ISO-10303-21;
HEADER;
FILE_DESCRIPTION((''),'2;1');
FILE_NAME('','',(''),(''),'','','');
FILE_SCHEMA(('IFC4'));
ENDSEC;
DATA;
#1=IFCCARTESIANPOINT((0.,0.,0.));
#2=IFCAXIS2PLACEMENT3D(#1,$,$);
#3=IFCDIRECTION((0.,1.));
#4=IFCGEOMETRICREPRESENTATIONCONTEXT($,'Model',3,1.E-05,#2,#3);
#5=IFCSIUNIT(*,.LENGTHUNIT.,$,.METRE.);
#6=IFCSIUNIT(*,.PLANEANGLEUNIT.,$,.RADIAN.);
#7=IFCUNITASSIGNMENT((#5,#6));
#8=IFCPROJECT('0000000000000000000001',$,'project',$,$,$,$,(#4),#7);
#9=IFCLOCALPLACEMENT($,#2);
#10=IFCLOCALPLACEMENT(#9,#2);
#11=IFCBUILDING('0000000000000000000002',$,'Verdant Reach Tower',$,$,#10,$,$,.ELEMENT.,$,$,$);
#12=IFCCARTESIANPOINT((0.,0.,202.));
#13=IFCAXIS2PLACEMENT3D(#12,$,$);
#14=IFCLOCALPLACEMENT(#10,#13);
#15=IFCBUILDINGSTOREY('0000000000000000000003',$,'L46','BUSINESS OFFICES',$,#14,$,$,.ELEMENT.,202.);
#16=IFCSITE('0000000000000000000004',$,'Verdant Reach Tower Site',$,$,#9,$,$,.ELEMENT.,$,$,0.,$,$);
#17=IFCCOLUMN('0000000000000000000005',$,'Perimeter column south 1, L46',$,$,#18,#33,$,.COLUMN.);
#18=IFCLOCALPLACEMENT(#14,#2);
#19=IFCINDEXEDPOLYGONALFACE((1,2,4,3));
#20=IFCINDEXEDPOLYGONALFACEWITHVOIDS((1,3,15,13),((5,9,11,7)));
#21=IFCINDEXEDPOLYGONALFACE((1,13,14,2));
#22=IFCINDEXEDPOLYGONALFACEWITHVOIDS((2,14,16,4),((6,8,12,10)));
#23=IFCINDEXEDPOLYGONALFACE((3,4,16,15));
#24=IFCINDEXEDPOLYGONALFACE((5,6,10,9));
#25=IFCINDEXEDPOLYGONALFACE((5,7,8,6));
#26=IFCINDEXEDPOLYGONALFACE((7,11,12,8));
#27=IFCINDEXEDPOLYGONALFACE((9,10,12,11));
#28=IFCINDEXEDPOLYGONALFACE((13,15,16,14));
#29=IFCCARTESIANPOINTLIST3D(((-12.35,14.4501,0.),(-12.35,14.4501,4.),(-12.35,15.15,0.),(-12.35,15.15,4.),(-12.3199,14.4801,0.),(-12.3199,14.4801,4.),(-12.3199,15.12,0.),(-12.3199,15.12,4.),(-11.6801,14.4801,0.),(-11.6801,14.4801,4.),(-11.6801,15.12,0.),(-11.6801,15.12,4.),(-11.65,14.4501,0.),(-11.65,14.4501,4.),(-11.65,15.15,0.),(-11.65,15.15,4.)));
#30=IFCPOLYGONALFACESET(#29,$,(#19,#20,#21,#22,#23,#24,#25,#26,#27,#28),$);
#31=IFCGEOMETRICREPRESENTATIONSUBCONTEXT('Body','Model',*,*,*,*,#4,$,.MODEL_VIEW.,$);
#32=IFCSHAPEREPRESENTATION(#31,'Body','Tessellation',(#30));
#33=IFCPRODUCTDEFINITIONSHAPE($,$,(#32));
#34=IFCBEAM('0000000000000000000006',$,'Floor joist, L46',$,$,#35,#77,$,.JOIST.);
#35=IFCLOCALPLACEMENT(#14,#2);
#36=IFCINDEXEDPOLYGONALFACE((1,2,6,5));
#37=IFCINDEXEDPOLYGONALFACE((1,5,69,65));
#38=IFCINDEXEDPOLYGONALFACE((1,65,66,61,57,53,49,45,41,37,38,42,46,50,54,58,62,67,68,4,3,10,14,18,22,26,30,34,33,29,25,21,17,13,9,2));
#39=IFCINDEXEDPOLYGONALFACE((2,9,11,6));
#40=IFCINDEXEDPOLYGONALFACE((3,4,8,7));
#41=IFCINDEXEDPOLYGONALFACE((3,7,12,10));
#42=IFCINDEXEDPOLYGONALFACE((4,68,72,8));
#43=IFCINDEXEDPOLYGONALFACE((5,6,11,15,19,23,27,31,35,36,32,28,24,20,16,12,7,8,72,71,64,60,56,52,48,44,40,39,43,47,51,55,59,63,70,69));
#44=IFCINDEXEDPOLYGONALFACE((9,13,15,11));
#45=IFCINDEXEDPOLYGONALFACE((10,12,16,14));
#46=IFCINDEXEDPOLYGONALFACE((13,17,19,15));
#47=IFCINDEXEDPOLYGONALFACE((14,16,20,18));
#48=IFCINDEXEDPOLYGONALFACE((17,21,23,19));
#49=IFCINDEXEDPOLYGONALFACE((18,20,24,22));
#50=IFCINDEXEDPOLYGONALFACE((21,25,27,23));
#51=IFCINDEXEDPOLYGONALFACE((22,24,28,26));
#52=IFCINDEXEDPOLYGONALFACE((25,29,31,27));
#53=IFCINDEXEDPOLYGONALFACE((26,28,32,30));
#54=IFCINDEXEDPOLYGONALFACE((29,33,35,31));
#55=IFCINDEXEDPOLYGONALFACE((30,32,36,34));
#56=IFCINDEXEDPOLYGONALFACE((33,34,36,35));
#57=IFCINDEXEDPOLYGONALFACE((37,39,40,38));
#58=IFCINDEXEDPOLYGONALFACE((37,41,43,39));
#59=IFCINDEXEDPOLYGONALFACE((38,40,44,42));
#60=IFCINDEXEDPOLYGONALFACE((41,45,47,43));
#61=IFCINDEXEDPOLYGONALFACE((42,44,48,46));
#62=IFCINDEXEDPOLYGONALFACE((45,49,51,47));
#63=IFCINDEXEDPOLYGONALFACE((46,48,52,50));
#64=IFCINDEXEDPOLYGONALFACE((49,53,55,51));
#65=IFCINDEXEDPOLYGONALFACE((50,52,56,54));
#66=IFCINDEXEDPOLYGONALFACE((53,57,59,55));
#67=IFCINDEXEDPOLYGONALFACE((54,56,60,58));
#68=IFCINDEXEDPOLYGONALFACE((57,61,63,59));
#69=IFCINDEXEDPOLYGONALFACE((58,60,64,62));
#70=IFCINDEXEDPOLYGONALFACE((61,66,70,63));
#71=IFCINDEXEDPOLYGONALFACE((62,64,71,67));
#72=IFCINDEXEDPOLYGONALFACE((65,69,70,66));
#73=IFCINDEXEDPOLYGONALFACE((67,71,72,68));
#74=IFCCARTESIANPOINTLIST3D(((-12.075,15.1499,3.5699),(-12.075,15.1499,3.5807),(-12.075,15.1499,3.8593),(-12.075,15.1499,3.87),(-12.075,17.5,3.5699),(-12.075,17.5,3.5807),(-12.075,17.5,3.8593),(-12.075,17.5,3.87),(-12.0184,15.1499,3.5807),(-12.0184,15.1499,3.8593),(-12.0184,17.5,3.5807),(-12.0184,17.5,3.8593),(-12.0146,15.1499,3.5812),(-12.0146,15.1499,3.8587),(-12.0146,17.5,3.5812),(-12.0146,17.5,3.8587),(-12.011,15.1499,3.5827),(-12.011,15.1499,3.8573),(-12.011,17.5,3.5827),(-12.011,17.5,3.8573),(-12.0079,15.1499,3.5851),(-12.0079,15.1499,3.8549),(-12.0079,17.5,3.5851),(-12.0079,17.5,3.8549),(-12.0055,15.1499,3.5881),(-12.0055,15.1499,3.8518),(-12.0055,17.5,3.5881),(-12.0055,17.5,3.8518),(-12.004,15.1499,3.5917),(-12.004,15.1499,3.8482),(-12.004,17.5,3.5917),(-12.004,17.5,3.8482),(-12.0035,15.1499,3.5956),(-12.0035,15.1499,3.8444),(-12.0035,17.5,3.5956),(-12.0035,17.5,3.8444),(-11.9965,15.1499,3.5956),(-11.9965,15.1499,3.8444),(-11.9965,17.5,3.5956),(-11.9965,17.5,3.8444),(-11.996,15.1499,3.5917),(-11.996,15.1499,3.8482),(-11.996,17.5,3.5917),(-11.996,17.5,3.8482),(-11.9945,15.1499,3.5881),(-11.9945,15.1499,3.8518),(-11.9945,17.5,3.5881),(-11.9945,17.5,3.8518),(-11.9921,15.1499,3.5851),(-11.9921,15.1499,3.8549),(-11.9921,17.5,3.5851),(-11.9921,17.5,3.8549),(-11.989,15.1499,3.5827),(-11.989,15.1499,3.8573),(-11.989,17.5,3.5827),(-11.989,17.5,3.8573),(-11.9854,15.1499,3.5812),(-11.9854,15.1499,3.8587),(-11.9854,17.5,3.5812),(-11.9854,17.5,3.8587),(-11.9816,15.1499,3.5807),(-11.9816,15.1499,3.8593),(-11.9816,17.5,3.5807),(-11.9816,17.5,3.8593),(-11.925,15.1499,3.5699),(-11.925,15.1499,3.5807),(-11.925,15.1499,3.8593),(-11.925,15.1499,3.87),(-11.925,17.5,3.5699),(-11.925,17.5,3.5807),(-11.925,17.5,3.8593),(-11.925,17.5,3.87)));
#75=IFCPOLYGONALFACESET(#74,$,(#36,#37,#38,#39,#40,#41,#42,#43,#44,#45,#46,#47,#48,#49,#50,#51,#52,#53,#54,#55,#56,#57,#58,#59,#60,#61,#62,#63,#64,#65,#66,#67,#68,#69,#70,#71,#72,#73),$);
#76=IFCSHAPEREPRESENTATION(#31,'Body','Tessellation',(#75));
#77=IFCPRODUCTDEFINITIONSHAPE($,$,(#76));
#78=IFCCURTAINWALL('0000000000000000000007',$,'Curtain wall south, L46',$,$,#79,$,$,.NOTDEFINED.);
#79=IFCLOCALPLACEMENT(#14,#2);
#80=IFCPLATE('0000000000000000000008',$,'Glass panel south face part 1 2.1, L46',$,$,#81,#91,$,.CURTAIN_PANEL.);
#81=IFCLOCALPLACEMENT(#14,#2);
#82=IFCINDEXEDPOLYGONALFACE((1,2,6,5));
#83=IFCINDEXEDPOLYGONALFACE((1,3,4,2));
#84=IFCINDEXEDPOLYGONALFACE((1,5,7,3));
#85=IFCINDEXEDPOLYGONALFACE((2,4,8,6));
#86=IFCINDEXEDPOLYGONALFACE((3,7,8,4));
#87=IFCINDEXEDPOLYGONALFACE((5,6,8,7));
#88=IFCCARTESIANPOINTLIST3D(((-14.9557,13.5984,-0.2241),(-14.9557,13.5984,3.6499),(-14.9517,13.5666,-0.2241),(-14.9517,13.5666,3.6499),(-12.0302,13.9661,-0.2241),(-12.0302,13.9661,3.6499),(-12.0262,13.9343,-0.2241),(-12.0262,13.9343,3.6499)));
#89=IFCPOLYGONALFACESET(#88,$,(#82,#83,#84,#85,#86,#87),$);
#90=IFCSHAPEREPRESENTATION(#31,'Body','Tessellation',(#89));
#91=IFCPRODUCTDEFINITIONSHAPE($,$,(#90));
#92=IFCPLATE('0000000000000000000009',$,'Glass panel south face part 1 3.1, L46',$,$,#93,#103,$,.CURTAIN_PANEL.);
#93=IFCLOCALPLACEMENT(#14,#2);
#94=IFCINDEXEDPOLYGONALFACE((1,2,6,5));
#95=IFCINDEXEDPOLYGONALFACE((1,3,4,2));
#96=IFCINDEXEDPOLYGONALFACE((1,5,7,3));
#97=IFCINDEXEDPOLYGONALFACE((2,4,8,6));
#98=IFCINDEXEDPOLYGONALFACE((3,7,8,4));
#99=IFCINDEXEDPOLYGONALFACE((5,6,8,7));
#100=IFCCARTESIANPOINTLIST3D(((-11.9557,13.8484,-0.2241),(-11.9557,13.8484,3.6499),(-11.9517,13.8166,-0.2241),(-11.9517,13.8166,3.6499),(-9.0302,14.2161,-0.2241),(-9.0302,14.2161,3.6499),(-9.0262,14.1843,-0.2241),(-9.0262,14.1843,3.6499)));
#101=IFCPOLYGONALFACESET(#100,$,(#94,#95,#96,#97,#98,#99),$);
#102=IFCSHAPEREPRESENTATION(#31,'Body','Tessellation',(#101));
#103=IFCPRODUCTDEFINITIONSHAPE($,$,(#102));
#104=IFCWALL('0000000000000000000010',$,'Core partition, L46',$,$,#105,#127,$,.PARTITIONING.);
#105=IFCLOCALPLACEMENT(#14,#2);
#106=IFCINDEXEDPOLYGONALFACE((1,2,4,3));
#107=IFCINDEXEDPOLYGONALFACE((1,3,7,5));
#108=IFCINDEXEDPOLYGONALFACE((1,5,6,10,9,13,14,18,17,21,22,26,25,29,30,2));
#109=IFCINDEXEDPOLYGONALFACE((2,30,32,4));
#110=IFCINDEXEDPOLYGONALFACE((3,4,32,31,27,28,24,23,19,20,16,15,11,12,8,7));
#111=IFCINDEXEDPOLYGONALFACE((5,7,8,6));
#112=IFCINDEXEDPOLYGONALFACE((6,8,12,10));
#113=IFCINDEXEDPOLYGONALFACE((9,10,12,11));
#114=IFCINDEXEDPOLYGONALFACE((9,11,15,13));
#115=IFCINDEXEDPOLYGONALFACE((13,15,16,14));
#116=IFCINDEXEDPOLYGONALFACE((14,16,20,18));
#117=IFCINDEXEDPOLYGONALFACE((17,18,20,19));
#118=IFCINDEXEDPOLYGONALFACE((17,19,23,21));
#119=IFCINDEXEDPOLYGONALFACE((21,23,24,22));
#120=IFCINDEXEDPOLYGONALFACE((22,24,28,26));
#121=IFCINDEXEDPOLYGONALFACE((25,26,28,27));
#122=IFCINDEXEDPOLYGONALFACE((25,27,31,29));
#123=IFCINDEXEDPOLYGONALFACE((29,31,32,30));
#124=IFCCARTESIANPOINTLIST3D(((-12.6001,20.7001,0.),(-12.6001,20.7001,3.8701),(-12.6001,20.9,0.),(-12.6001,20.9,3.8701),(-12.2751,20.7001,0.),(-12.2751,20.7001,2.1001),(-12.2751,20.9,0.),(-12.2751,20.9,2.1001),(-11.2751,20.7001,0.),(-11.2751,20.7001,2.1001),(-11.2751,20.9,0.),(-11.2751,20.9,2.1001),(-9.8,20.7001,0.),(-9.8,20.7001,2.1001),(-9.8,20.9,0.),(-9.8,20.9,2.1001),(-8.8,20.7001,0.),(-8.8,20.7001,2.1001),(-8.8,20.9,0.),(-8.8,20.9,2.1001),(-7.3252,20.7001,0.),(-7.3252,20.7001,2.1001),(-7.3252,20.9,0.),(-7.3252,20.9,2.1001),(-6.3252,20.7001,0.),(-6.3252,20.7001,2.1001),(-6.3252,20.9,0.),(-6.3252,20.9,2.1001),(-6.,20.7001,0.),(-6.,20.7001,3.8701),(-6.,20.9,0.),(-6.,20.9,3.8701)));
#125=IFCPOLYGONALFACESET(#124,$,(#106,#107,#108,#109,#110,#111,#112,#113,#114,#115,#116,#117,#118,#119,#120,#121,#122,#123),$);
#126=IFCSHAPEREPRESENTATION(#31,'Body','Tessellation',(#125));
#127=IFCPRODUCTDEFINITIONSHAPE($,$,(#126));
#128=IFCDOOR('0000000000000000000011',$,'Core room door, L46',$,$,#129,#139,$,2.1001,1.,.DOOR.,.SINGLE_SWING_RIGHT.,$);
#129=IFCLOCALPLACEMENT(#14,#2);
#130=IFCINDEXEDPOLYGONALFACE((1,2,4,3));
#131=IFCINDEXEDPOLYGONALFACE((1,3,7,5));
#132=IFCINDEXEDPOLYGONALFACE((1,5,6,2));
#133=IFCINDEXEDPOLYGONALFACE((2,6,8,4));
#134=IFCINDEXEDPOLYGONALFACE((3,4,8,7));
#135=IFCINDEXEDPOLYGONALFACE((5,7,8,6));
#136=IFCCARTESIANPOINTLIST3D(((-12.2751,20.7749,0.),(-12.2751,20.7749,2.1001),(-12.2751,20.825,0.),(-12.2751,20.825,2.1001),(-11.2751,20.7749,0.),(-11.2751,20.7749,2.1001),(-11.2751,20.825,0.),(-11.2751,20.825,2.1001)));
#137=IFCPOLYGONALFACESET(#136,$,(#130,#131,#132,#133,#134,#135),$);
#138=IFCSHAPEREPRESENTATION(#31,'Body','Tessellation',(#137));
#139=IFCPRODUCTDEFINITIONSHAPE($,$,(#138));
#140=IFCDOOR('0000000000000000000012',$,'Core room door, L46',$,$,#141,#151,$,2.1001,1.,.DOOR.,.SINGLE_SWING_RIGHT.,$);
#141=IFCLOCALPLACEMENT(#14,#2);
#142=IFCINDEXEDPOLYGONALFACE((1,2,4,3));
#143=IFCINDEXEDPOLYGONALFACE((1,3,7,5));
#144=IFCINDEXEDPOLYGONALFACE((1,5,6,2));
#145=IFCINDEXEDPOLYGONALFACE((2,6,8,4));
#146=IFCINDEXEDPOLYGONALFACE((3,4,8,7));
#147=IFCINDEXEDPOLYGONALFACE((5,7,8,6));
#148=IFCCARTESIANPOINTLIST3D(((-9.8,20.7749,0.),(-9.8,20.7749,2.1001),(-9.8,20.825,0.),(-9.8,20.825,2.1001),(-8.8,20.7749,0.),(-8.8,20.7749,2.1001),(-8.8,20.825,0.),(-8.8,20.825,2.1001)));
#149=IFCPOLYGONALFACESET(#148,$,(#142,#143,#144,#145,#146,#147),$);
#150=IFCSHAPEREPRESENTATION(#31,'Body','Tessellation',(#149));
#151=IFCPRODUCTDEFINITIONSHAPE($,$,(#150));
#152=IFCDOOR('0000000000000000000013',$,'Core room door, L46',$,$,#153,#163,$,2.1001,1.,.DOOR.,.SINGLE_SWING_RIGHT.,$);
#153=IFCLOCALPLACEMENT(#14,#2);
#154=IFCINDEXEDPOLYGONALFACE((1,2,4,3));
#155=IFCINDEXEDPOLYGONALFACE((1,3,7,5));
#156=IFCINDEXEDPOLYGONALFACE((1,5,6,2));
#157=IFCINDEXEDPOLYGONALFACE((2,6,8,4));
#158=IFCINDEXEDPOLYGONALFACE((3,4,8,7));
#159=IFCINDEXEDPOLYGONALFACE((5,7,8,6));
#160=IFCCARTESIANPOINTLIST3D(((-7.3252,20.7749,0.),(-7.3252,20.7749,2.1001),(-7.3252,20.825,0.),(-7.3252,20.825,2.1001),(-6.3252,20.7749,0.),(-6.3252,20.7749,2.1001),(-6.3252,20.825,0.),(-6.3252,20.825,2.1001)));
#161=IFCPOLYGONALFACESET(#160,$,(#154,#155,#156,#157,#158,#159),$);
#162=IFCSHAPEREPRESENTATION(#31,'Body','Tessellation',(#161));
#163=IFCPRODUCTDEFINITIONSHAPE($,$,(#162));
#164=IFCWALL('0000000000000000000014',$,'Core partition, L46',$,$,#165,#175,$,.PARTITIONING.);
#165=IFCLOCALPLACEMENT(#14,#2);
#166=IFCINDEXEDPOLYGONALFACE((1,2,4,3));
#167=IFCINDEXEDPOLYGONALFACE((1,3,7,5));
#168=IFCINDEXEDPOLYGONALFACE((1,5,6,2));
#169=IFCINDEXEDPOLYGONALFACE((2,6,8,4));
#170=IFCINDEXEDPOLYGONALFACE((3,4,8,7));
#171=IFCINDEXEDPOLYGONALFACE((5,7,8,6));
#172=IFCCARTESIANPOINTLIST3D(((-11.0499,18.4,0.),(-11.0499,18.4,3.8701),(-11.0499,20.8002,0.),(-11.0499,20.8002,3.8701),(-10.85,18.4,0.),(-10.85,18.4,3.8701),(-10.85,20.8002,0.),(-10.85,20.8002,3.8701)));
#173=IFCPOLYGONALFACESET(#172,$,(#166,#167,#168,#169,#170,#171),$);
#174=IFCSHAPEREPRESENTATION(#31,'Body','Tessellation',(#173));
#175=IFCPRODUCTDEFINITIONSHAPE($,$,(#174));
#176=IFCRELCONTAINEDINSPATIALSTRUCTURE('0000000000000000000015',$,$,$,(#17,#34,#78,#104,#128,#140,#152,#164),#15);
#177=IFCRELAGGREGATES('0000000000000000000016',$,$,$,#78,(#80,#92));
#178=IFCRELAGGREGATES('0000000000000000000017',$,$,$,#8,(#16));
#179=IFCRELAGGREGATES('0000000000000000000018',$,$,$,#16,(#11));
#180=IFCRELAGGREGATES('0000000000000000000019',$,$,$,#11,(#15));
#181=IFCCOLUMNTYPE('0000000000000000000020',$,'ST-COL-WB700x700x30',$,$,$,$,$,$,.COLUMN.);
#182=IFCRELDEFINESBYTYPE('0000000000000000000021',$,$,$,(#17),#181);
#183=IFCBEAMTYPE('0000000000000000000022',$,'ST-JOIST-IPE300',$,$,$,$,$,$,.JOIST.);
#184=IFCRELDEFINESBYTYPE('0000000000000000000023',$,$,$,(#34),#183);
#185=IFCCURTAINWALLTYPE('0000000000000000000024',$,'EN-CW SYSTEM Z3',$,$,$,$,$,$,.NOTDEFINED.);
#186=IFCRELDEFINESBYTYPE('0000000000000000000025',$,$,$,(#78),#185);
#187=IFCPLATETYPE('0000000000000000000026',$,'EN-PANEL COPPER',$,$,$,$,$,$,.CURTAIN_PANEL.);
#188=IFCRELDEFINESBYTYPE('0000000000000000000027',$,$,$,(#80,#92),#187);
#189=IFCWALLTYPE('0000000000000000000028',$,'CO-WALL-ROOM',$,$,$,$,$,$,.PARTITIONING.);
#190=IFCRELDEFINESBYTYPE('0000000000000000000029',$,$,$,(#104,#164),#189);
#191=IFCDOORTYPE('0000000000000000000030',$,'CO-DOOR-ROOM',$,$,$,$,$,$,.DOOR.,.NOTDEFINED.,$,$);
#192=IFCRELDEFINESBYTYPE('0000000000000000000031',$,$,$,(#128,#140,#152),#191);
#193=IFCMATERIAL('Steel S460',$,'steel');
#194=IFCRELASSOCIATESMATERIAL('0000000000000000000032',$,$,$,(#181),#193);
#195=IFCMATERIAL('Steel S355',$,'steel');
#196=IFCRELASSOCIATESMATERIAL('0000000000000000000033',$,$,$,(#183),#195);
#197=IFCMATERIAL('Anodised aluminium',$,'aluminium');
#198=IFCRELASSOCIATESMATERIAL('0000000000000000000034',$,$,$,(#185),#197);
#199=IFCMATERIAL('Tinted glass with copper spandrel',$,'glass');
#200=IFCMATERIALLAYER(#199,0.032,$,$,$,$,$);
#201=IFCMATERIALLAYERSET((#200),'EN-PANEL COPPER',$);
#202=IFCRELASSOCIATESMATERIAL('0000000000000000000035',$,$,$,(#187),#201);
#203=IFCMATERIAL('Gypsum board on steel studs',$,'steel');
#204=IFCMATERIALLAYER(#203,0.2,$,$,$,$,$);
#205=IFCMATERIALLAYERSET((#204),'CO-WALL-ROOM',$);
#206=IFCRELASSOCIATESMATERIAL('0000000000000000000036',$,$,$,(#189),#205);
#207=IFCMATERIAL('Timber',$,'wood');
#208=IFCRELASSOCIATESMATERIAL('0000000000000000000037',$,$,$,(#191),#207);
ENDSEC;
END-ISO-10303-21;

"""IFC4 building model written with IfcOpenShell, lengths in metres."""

from ifc_helpers import new_model, si_unit, direction, frame, frame_2d, origin, origin_2d, place, context, subcontext, project, spatial, rectangle, hollow_rectangle, i_section, extrude, material, layer, layer_set, material_profile, profile_set, type_object, element, fill, aggregate, save


model = new_model("IFC4")

# Units and contexts
model_context = context("Model", 3, precision=1e-05, world=origin(), true_north=direction((0.0, 1.0)))
body_context = subcontext(model_context, "Body", "Model", "MODEL_VIEW")
ifc_project = project(units=[si_unit("LENGTHUNIT", "METRE"), si_unit("PLANEANGLEUNIT", "RADIAN")], contexts=[model_context])

# Site, building, storey
site_placement = place(None, origin())
site = spatial("IfcSite", under=ifc_project, at=site_placement, Name="Verdant Reach Tower Site", CompositionType="ELEMENT", RefElevation=0.0)
building_placement = place(site_placement, origin())
building = spatial("IfcBuilding", under=site, at=building_placement, Name="Verdant Reach Tower", CompositionType="ELEMENT")
storey_placement = place(building_placement, frame((0.0, 0.0, 202.0)))
storey = spatial("IfcBuildingStorey", under=building, at=storey_placement, Name="L46", Description="BUSINESS OFFICES", CompositionType="ELEMENT", Elevation=202.0)

# Column
ifc_material_1 = material(Name="Steel S460", Category="steel")
ifc_material_profile_1 = material_profile(ifc_material_1, hollow_rectangle(XDim=0.7, YDim=0.7, WallThickness=0.03, at=origin_2d()), Name="WB 700x700x30")
ifc_profile_set_1 = profile_set([ifc_material_profile_1], Name="Steel S460")
column_type = type_object("IfcColumnType", Name="ST-COL-WB700x700x30", PredefinedType="COLUMN", material=ifc_profile_set_1)
column_placement = place(storey_placement, frame((-12.0, 14.8, 0.0), z_axis=(0.0, 0.0, 1.0), x_axis=(1.0, 0.0, 0.0)))
element("IfcColumn", 1, at=column_placement, inside=storey, type_object=column_type, Name="Perimeter column south 1, L46", PredefinedType="COLUMN", context=body_context, shape_type="SweptSolid", body=[
    extrude(hollow_rectangle(XDim=0.7, YDim=0.7, WallThickness=0.03, at=origin_2d()), origin(), (0.0, 0.0, 1.0), 4.0),
])

# Beam
ifc_material_2 = material(Name="Steel S355", Category="steel")
ifc_material_profile_2 = material_profile(ifc_material_2, i_section(OverallWidth=0.1499, OverallDepth=0.3, WebThickness=0.0071, FlangeThickness=0.0107, FilletRadius=0.0149, at=origin_2d()), Name="IPE 300")
ifc_profile_set_2 = profile_set([ifc_material_profile_2], Name="Steel S355")
beam_type = type_object("IfcBeamType", Name="ST-JOIST-IPE300", PredefinedType="JOIST", material=ifc_profile_set_2)
beam_placement = place(storey_placement, frame((-12.0, 17.5, 3.72), z_axis=(0.0, -1.0, 0.0), x_axis=(1.0, 0.0, 0.0)))
element("IfcBeam", 2, at=beam_placement, inside=storey, type_object=beam_type, Name="Floor joist, L46", PredefinedType="JOIST", context=body_context, shape_type="SweptSolid", body=[
    extrude(i_section(OverallWidth=0.1499, OverallDepth=0.3, WebThickness=0.0071, FlangeThickness=0.0107, FilletRadius=0.0149, at=origin_2d()), origin(), (0.0, 0.0, 1.0), 2.3501),
])

# Curtain wall, plates
ifc_material_3 = material(Name="Anodised aluminium", Category="aluminium")
curtain_wall_type = type_object("IfcCurtainWallType", Name="EN-CW SYSTEM Z3", PredefinedType="NOTDEFINED", material=ifc_material_3)
curtain_wall_placement = place(storey_placement, origin())
curtain_wall = element("IfcCurtainWall", 3, at=curtain_wall_placement, inside=storey, type_object=curtain_wall_type, Name="Curtain wall south, L46", PredefinedType="NOTDEFINED")
ifc_material_4 = material(Name="Tinted glass with copper spandrel", Category="glass")
ifc_layer_1 = layer(ifc_material_4, 0.032)
ifc_layer_set_1 = layer_set([ifc_layer_1], Name="EN-PANEL COPPER")
plate_type = type_object("IfcPlateType", Name="EN-PANEL COPPER", PredefinedType="CURTAIN_PANEL", material=ifc_layer_set_1)
plate_1_placement = place(storey_placement, frame((-13.491, 13.7664, -0.2241), z_axis=(0.0, 0.0, 1.0), x_axis=(0.992194, 0.124704, 0.0)))
plate_1 = element("IfcPlate", 4, at=plate_1_placement, type_object=plate_type, Name="Glass panel south face part 1 2.1, L46", PredefinedType="CURTAIN_PANEL", context=body_context, shape_type="SweptSolid", body=[
    extrude(rectangle(XDim=2.9485, YDim=0.032, at=origin_2d()), origin(), (0.0, 0.0, 1.0), 3.874),
])
plate_2_placement = place(storey_placement, frame((-10.491, 14.0164, -0.2241), z_axis=(0.0, 0.0, 1.0), x_axis=(0.992194, 0.124704, 0.0)))
plate_2 = element("IfcPlate", 5, at=plate_2_placement, type_object=plate_type, Name="Glass panel south face part 1 3.1, L46", PredefinedType="CURTAIN_PANEL", context=body_context, shape_type="SweptSolid", body=[
    extrude(rectangle(XDim=2.9485, YDim=0.032, at=origin_2d()), origin(), (0.0, 0.0, 1.0), 3.874),
])
aggregate(curtain_wall, [plate_1, plate_2])

# Wall, openings, doors
ifc_material_5 = material(Name="Gypsum board on steel studs", Category="steel")
ifc_layer_2 = layer(ifc_material_5, 0.2)
ifc_layer_set_2 = layer_set([ifc_layer_2], Name="CO-WALL-ROOM")
wall_type_1 = type_object("IfcWallType", Name="CO-WALL-ROOM", PredefinedType="PARTITIONING", material=ifc_layer_set_2)
wall_1_placement = place(storey_placement, frame((-12.6001, 20.8, 0.0), z_axis=(0.0, 0.0, 1.0), x_axis=(1.0, 0.0, 0.0)))
wall_1 = element("IfcWall", 6, at=wall_1_placement, inside=storey, type_object=wall_type_1, Name="Core partition, L46", PredefinedType="PARTITIONING", context=body_context, shape_type="SweptSolid", body=[
    extrude(rectangle(XDim=6.6001, YDim=0.2, at=frame_2d((3.3, 0.0))), origin(), (0.0, 0.0, 1.0), 3.8701),
])
opening_1_placement = place(wall_1_placement, frame((0.325, 0.0, 0.0)))
opening_1 = element("IfcOpeningElement", 7, at=opening_1_placement, cuts=wall_1, PredefinedType="OPENING", context=body_context, shape_type="SweptSolid", body=[
    extrude(rectangle(XDim=1.0, YDim=2.1001, at=frame_2d((0.5, 1.05))), frame((0.0, 0.1099, 0.0), z_axis=(0.0, -1.0, 0.0), x_axis=(1.0, 0.0, 0.0)), (0.0, 0.0, 1.0), 0.22),
])
opening_2_placement = place(wall_1_placement, frame((2.8, 0.0, 0.0)))
opening_2 = element("IfcOpeningElement", 8, at=opening_2_placement, cuts=wall_1, PredefinedType="OPENING", context=body_context, shape_type="SweptSolid", body=[
    extrude(rectangle(XDim=1.0, YDim=2.1001, at=frame_2d((0.5, 1.05))), frame((0.0, 0.1099, 0.0), z_axis=(0.0, -1.0, 0.0), x_axis=(1.0, 0.0, 0.0)), (0.0, 0.0, 1.0), 0.22),
])
opening_3_placement = place(wall_1_placement, frame((5.2749, 0.0, 0.0)))
opening_3 = element("IfcOpeningElement", 9, at=opening_3_placement, cuts=wall_1, PredefinedType="OPENING", context=body_context, shape_type="SweptSolid", body=[
    extrude(rectangle(XDim=1.0, YDim=2.1001, at=frame_2d((0.5, 1.05))), frame((0.0, 0.1099, 0.0), z_axis=(0.0, -1.0, 0.0), x_axis=(1.0, 0.0, 0.0)), (0.0, 0.0, 1.0), 0.22),
])
ifc_material_6 = material(Name="Timber", Category="wood")
door_type_1 = type_object("IfcDoorType", Name="CO-DOOR-ROOM", OperationType="NOTDEFINED", PredefinedType="DOOR", material=ifc_material_6)
door_1_placement = place(opening_1_placement, origin())
door_1 = element("IfcDoor", 10, at=door_1_placement, inside=storey, type_object=door_type_1, Name="Core room door, L46", OperationType="SINGLE_SWING_RIGHT", OverallHeight=2.1001, OverallWidth=1.0, PredefinedType="DOOR", context=body_context, shape_type="SweptSolid", body=[
    extrude(rectangle(XDim=1.0, YDim=2.1001, at=frame_2d((0.5, 1.05))), frame((0.0, 0.0249, 0.0), z_axis=(0.0, -1.0, 0.0), x_axis=(1.0, 0.0, 0.0)), (0.0, 0.0, 1.0), 0.05),
])
fill(opening_1, door_1)
door_2_placement = place(opening_2_placement, origin())
door_2 = element("IfcDoor", 11, at=door_2_placement, inside=storey, type_object=door_type_1, Name="Core room door, L46", OperationType="SINGLE_SWING_RIGHT", OverallHeight=2.1001, OverallWidth=1.0, PredefinedType="DOOR", context=body_context, shape_type="SweptSolid", body=[
    extrude(rectangle(XDim=1.0, YDim=2.1001, at=frame_2d((0.5, 1.05))), frame((0.0, 0.0249, 0.0), z_axis=(0.0, -1.0, 0.0), x_axis=(1.0, 0.0, 0.0)), (0.0, 0.0, 1.0), 0.05),
])
fill(opening_2, door_2)
door_3_placement = place(opening_3_placement, origin())
door_3 = element("IfcDoor", 12, at=door_3_placement, inside=storey, type_object=door_type_1, Name="Core room door, L46", OperationType="SINGLE_SWING_RIGHT", OverallHeight=2.1001, OverallWidth=1.0, PredefinedType="DOOR", context=body_context, shape_type="SweptSolid", body=[
    extrude(rectangle(XDim=1.0, YDim=2.1001, at=frame_2d((0.5, 1.05))), frame((0.0, 0.0249, 0.0), z_axis=(0.0, -1.0, 0.0), x_axis=(1.0, 0.0, 0.0)), (0.0, 0.0, 1.0), 0.05),
])
fill(opening_3, door_3)

# Wall
wall_2_placement = place(storey_placement, frame((-10.95, 18.3999, 0.0), z_axis=(0.0, 0.0, 1.0), x_axis=(0.0, 1.0, 0.0)))
element("IfcWall", 13, at=wall_2_placement, inside=storey, type_object=wall_type_1, Name="Core partition, L46", PredefinedType="PARTITIONING", context=body_context, shape_type="SweptSolid", body=[
    extrude(rectangle(XDim=2.4001, YDim=0.2, at=frame_2d((1.2002, 0.0))), origin(), (0.0, 0.0, 1.0), 3.8701),
])

save(model, "model.ifc")
